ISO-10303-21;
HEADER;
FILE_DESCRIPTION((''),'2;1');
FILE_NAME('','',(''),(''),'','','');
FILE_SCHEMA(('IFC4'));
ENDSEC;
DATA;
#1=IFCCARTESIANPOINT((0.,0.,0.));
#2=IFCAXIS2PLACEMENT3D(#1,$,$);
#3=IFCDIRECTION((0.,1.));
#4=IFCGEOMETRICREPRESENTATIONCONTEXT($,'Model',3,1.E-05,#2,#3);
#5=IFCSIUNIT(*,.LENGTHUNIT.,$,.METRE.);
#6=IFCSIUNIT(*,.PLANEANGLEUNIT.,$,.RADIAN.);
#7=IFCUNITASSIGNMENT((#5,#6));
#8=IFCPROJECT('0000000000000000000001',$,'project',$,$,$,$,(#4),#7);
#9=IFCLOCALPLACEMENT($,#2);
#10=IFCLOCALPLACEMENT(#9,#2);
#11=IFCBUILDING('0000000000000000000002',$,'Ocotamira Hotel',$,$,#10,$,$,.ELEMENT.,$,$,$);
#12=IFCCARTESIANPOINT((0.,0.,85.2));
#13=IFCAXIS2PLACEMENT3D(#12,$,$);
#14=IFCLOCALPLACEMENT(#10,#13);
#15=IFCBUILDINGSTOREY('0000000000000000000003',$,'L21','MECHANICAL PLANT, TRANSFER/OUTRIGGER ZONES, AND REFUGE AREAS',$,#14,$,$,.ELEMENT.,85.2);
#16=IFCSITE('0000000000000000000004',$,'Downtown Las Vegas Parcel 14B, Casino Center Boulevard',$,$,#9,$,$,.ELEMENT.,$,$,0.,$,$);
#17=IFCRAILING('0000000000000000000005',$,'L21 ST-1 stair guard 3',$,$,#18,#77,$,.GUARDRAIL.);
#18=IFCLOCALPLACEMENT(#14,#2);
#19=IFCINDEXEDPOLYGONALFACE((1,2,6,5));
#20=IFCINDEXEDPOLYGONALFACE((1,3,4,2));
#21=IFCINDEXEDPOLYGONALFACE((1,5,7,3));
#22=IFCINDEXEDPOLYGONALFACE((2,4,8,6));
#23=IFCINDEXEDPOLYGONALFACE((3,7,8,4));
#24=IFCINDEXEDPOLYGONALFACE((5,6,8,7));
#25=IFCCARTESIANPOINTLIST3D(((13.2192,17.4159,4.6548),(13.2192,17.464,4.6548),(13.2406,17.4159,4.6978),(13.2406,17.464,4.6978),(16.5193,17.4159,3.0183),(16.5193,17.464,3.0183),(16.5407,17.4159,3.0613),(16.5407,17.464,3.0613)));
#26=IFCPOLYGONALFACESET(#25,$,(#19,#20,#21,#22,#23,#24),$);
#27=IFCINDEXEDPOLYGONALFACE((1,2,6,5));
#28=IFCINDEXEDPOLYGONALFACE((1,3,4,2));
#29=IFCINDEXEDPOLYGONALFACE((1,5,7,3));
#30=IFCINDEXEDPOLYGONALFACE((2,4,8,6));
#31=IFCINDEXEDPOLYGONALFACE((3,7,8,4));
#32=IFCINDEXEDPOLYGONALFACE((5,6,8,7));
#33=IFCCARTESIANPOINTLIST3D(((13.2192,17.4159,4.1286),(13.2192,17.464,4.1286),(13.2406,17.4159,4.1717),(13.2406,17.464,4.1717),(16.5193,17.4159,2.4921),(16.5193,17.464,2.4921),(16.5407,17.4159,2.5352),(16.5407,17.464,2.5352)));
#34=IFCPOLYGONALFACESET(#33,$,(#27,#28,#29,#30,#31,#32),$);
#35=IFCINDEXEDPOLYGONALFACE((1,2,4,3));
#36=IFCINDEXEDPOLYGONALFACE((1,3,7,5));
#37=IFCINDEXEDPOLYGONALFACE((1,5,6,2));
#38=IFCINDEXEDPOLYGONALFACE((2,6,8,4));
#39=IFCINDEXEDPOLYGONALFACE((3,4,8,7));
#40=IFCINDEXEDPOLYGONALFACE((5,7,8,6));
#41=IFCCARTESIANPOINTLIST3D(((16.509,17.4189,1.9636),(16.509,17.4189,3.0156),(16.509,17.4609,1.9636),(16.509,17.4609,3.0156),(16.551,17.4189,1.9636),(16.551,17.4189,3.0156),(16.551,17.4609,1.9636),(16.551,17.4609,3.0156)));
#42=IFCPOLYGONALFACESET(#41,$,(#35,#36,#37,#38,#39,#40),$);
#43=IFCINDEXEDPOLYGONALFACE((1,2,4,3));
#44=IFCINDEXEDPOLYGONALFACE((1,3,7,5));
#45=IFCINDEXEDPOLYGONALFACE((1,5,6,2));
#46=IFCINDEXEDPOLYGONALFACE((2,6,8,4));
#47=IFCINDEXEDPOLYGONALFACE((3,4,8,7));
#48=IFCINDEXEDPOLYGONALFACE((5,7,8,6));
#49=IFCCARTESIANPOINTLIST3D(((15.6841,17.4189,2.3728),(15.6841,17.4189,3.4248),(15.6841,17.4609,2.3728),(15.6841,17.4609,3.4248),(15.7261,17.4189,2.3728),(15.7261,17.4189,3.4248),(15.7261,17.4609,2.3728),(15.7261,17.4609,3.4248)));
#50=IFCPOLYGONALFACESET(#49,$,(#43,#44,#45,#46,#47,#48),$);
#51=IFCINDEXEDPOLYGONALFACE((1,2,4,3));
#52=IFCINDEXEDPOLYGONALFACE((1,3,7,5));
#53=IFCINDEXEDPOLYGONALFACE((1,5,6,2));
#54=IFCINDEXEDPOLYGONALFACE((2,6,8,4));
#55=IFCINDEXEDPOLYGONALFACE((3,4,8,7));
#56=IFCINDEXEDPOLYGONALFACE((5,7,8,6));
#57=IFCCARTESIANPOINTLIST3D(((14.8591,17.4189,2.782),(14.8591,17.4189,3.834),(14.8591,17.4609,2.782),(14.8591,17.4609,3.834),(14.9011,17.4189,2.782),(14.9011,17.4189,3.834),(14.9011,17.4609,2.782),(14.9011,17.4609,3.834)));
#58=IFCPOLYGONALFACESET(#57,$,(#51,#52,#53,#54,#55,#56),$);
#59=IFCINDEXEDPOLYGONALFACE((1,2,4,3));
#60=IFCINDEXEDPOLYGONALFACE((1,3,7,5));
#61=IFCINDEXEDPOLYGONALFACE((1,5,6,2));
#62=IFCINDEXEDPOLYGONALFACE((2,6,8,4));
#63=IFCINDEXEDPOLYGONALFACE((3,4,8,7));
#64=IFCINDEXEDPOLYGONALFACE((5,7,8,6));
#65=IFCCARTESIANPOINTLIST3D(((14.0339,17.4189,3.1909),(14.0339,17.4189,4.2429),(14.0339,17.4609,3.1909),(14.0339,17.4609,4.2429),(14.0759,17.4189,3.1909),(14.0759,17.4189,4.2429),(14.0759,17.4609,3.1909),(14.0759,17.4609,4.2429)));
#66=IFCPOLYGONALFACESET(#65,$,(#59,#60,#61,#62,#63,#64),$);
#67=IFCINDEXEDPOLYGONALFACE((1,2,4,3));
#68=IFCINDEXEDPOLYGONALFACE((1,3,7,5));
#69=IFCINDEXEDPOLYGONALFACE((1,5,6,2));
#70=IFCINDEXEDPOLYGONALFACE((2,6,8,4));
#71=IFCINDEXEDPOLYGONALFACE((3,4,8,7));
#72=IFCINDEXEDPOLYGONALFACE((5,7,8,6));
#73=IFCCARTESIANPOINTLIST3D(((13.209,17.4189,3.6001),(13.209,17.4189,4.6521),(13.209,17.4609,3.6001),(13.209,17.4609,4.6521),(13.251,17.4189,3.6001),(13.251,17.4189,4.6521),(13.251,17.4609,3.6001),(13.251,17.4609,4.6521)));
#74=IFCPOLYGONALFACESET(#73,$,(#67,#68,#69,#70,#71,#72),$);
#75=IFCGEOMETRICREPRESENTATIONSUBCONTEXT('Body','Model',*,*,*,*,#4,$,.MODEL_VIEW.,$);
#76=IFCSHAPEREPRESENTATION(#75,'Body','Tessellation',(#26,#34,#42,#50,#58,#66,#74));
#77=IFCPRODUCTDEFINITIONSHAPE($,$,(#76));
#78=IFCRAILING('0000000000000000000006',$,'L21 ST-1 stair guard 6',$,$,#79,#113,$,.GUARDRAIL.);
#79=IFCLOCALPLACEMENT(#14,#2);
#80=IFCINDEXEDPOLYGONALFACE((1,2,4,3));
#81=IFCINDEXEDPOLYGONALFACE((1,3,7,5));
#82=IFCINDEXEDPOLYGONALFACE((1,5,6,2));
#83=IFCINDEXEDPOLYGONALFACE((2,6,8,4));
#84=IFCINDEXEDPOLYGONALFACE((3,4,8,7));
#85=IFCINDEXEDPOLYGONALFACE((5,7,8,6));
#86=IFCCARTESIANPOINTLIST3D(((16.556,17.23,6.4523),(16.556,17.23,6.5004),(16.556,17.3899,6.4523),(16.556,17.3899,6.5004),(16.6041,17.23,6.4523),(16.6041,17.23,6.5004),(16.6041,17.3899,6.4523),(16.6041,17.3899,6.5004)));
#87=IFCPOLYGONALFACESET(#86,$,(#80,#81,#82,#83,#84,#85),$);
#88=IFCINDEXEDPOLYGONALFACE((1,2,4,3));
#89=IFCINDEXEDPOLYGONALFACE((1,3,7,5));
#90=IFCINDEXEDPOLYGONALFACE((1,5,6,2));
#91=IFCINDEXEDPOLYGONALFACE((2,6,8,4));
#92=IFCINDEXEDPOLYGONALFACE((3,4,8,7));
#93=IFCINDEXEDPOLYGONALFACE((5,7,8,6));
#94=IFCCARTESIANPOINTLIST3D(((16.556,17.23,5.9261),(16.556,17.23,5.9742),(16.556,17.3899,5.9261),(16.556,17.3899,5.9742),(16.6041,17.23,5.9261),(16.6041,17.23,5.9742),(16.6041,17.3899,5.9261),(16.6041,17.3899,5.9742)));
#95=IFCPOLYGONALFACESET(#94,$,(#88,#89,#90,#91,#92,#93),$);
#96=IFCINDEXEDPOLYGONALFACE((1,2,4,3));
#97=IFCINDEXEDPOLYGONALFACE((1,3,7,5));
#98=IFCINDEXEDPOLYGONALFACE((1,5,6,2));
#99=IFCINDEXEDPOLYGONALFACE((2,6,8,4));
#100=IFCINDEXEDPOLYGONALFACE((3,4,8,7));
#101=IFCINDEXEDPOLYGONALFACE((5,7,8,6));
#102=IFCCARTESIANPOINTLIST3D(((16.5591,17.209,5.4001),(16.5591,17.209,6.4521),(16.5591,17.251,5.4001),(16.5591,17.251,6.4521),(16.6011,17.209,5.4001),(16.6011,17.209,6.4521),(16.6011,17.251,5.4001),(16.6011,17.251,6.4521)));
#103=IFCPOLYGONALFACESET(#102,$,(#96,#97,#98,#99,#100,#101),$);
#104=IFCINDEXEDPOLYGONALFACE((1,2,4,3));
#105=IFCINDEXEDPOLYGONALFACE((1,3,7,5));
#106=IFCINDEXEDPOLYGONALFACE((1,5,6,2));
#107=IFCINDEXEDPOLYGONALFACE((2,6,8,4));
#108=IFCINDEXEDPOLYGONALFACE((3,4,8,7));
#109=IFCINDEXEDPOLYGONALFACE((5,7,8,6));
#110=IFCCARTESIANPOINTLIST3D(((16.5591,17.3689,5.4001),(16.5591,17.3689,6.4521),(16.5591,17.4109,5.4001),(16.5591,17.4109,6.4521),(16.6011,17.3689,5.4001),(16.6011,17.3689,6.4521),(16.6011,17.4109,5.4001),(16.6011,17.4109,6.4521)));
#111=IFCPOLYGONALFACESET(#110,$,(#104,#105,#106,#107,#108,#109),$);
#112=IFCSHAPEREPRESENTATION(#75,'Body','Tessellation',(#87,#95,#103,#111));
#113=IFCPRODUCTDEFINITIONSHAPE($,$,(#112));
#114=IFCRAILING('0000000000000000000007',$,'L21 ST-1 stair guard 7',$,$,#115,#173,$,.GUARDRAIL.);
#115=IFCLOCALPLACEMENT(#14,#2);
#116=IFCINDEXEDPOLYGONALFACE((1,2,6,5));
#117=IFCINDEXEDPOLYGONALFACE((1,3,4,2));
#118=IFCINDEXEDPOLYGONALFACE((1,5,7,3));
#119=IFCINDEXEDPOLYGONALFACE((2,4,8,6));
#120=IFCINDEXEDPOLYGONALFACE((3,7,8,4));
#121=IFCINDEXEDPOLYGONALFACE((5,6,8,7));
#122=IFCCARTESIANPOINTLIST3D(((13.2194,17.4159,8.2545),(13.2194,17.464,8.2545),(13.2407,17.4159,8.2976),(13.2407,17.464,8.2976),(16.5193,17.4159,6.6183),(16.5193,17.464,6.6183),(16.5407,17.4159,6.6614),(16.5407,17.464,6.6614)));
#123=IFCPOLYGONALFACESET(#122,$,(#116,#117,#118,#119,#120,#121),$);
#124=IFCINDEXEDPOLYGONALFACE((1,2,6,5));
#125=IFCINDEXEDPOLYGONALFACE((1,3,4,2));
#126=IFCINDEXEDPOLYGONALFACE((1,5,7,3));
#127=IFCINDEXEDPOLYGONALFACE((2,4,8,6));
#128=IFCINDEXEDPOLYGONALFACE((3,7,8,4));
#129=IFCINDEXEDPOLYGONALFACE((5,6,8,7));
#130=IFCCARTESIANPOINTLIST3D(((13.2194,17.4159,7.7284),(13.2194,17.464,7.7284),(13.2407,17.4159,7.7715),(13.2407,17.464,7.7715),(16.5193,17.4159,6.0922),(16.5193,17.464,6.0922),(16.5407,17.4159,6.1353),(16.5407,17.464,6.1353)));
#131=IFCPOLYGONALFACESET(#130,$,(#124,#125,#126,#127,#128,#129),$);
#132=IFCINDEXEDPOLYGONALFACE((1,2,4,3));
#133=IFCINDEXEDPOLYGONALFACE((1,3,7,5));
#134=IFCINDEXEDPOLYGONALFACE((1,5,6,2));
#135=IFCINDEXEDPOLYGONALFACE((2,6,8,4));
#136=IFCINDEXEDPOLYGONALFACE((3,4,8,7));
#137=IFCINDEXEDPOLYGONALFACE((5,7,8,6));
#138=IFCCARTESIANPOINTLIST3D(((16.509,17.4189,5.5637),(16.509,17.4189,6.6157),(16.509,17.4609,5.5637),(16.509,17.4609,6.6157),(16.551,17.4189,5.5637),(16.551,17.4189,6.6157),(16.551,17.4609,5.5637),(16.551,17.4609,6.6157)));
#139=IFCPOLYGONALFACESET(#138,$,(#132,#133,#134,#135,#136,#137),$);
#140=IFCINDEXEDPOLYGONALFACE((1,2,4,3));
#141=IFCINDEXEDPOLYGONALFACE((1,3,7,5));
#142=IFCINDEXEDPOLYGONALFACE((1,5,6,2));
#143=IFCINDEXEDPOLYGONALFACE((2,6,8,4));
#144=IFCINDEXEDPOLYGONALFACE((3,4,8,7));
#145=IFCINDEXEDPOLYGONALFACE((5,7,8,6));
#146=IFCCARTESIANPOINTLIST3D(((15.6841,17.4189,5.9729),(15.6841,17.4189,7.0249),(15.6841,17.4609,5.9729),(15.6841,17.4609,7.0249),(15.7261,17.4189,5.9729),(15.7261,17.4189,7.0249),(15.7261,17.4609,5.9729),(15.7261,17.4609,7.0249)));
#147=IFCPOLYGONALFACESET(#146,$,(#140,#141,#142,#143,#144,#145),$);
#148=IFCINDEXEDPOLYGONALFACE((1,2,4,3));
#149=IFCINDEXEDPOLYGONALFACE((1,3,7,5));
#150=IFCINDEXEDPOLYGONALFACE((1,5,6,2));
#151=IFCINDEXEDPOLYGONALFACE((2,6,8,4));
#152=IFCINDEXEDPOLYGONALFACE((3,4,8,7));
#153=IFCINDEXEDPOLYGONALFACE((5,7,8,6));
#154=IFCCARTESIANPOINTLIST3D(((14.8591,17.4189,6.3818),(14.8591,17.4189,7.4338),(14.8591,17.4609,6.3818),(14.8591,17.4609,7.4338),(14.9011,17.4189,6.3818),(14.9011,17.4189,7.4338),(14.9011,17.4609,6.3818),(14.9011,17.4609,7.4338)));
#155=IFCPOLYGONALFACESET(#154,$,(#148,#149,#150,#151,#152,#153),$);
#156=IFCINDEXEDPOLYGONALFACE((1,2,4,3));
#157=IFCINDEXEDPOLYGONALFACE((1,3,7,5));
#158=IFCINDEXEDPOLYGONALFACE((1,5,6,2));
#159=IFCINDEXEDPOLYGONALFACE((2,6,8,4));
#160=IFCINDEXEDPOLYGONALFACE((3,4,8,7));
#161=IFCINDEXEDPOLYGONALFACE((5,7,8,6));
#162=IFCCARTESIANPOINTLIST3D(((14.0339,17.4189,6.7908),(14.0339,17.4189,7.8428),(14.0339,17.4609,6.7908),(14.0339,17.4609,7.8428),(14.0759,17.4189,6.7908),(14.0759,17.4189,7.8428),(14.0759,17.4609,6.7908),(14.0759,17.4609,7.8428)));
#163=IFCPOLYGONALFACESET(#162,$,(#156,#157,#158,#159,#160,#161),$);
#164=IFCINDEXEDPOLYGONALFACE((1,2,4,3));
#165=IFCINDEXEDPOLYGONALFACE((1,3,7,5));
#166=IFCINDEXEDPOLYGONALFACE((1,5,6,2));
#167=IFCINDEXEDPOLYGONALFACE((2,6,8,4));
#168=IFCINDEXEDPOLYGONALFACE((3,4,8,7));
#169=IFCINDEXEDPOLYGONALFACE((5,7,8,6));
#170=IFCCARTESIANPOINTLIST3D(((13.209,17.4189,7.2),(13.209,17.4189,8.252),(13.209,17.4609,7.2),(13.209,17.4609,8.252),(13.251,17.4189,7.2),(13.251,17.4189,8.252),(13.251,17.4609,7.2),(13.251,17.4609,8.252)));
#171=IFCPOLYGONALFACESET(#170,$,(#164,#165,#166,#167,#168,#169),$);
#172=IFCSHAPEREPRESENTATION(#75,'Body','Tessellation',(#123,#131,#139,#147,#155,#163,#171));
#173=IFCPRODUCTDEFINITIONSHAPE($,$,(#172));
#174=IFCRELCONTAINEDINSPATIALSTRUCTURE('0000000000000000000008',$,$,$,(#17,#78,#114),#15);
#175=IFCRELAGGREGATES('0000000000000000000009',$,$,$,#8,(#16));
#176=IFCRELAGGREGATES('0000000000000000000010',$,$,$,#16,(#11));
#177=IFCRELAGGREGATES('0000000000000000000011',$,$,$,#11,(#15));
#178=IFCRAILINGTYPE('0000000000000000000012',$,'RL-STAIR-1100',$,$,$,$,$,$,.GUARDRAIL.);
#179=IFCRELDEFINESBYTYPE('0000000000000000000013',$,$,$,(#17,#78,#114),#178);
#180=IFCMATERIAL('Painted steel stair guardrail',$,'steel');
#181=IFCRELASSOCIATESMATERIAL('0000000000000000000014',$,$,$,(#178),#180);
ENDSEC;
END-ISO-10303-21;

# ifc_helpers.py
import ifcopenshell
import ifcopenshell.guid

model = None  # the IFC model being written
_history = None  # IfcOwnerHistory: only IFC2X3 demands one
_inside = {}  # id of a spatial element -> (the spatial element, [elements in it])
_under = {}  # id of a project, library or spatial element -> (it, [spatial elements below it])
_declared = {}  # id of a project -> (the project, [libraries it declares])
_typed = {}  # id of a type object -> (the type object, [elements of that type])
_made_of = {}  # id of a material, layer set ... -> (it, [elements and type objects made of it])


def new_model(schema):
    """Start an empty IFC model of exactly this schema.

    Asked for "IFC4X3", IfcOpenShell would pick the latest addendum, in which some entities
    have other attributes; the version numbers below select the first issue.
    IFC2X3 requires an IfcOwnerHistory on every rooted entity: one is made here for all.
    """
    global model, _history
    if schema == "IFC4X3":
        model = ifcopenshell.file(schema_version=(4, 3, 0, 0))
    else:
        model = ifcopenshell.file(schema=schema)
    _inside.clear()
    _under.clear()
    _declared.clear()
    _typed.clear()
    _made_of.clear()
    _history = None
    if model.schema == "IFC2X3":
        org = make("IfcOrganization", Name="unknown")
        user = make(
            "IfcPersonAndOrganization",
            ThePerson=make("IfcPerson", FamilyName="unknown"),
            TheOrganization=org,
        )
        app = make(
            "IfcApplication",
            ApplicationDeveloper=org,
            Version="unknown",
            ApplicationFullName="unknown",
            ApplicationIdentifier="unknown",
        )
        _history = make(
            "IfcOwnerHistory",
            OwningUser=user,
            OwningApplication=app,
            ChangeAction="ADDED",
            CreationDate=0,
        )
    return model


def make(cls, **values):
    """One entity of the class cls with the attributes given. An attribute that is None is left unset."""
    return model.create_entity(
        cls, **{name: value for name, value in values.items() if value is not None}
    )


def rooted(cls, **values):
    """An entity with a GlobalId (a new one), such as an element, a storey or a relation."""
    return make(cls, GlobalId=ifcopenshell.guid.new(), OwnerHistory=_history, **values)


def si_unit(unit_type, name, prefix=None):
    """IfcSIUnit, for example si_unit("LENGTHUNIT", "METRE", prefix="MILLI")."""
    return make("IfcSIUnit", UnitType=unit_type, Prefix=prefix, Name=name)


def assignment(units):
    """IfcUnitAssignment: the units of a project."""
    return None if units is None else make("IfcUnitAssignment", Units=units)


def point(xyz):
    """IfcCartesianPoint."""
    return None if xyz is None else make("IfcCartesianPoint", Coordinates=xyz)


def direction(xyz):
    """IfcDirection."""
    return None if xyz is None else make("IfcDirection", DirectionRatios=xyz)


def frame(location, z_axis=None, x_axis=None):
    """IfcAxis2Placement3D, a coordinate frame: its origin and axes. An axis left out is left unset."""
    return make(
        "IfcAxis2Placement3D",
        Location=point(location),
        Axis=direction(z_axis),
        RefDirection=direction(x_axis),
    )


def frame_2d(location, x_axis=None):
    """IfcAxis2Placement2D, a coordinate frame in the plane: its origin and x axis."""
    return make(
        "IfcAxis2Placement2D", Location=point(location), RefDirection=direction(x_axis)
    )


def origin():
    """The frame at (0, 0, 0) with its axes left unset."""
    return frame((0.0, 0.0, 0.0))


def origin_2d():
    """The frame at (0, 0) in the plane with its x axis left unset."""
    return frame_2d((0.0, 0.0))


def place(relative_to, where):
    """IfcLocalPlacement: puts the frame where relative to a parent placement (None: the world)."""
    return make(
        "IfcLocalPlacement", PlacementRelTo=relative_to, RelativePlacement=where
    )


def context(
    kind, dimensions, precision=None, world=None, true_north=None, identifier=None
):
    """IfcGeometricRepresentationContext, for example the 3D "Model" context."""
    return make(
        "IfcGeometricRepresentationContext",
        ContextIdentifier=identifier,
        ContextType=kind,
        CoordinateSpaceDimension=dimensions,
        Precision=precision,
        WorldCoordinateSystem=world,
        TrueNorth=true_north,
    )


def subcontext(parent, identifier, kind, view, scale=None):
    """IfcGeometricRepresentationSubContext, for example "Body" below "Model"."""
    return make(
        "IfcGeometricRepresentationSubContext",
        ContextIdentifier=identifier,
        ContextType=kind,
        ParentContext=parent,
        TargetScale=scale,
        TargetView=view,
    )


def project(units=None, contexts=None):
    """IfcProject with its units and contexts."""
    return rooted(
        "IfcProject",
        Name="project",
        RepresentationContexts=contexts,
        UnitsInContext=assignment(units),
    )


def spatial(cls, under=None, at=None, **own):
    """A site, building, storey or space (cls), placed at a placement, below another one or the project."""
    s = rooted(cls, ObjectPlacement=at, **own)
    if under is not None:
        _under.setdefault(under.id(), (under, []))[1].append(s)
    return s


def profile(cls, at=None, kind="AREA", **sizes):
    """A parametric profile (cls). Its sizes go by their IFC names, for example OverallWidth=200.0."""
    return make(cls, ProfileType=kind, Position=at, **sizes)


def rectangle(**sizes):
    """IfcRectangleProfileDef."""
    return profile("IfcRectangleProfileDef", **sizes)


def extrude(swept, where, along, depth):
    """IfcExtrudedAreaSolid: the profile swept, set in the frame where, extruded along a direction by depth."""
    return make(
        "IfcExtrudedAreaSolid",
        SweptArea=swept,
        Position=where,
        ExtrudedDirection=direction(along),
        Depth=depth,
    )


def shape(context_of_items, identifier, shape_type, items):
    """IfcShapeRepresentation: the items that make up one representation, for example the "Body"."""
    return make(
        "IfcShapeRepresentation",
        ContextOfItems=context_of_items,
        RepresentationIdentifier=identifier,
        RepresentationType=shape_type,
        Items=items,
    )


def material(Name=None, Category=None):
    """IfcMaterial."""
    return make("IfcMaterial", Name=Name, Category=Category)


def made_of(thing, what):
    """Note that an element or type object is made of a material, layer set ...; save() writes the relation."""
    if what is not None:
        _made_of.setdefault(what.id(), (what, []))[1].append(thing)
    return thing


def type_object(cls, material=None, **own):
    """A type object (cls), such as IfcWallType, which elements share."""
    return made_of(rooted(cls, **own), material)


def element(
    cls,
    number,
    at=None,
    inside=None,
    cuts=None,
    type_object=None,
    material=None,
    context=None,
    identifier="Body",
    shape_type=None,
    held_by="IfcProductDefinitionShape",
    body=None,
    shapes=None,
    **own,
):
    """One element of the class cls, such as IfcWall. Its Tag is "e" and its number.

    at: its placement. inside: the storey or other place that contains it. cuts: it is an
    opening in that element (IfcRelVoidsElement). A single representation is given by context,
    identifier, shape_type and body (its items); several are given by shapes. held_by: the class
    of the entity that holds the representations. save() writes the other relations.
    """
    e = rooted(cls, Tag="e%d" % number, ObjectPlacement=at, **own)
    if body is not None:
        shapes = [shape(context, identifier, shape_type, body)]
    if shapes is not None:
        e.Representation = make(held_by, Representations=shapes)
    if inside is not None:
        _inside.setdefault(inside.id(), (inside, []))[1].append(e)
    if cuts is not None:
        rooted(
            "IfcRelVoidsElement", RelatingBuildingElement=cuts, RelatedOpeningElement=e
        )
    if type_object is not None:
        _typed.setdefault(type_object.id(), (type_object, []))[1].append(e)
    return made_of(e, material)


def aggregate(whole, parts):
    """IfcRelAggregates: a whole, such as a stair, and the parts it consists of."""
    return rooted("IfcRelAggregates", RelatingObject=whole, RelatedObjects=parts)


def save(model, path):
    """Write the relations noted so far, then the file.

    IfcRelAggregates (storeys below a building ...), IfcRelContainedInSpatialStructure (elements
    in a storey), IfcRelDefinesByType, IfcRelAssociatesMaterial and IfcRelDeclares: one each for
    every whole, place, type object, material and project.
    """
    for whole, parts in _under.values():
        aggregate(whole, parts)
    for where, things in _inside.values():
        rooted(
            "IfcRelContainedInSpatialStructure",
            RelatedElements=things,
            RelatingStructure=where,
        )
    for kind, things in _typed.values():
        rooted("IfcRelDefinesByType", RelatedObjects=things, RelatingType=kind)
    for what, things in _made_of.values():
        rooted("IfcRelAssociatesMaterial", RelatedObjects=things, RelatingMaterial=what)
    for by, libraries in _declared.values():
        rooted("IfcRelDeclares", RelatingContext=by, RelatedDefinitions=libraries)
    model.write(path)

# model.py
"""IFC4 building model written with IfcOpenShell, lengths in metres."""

from ifc_helpers import new_model, si_unit, direction, frame, origin, origin_2d, place, context, subcontext, project, spatial, rectangle, extrude, material, type_object, element, save


model = new_model("IFC4")

# Units and contexts
model_context = context("Model", 3, precision=1e-05, world=origin(), true_north=direction((0.0, 1.0)))
body_context = subcontext(model_context, "Body", "Model", "MODEL_VIEW")
ifc_project = project(units=[si_unit("LENGTHUNIT", "METRE"), si_unit("PLANEANGLEUNIT", "RADIAN")], contexts=[model_context])

# Site, building, storey
site_placement = place(None, origin())
site = spatial("IfcSite", under=ifc_project, at=site_placement, Name="Downtown Las Vegas Parcel 14B, Casino Center Boulevard", CompositionType="ELEMENT", RefElevation=0.0)
building_placement = place(site_placement, origin())
building = spatial("IfcBuilding", under=site, at=building_placement, Name="Ocotamira Hotel", CompositionType="ELEMENT")
storey_placement = place(building_placement, frame((0.0, 0.0, 85.2)))
storey = spatial("IfcBuildingStorey", under=building, at=storey_placement, Name="L21", Description="MECHANICAL PLANT, TRANSFER/OUTRIGGER ZONES, AND REFUGE AREAS", CompositionType="ELEMENT", Elevation=85.2)

# Railings
ifc_material_1 = material(Name="Painted steel stair guardrail", Category="steel")
railing_type_1 = type_object("IfcRailingType", Name="RL-STAIR-1100", PredefinedType="GUARDRAIL", material=ifc_material_1)
railing_1_placement = place(storey_placement, frame((16.53, 17.4399, 1.9636)))
element("IfcRailing", 1, at=railing_1_placement, inside=storey, type_object=railing_type_1, Name="L21 ST-1 stair guard 3", PredefinedType="GUARDRAIL", context=body_context, shape_type="SweptSolid", body=[
    extrude(rectangle(XDim=0.0481, YDim=0.0481, at=origin_2d()), frame((0.0, 0.0, 1.0762), z_axis=(-0.895894, 0.0, 0.444268), x_axis=(0.0, -1.0, 0.0)), (0.0, 0.0, 1.0), 3.6836),
    extrude(rectangle(XDim=0.0481, YDim=0.0481, at=origin_2d()), frame((0.0, 0.0, 0.55), z_axis=(-0.895894, 0.0, 0.444268), x_axis=(0.0, -1.0, 0.0)), (0.0, 0.0, 1.0), 3.6836),
    extrude(rectangle(XDim=0.042, YDim=0.042, at=origin_2d()), origin(), (0.0, 0.0, 1.0), 1.052),
    extrude(rectangle(XDim=0.042, YDim=0.042, at=origin_2d()), frame((-0.825, 0.0, 0.4092)), (0.0, 0.0, 1.0), 1.052),
    extrude(rectangle(XDim=0.042, YDim=0.042, at=origin_2d()), frame((-1.6499, 0.0, 0.8184)), (0.0, 0.0, 1.0), 1.052),
    extrude(rectangle(XDim=0.042, YDim=0.042, at=origin_2d()), frame((-2.4751, 0.0, 1.2273)), (0.0, 0.0, 1.0), 1.052),
    extrude(rectangle(XDim=0.042, YDim=0.042, at=origin_2d()), frame((-3.3, 0.0, 1.6365)), (0.0, 0.0, 1.0), 1.052),
])
railing_2_placement = place(storey_placement, frame((16.5801, 17.23, 5.4001)))
element("IfcRailing", 2, at=railing_2_placement, inside=storey, type_object=railing_type_1, Name="L21 ST-1 stair guard 6", PredefinedType="GUARDRAIL", context=body_context, shape_type="SweptSolid", body=[
    extrude(rectangle(XDim=0.0481, YDim=0.0481, at=origin_2d()), frame((0.0, 0.0, 1.0762), z_axis=(0.0, 1.0, 0.0), x_axis=(-1.0, 0.0, 0.0)), (0.0, 0.0, 1.0), 0.1599),
    extrude(rectangle(XDim=0.0481, YDim=0.0481, at=origin_2d()), frame((0.0, 0.0, 0.55), z_axis=(0.0, 1.0, 0.0), x_axis=(-1.0, 0.0, 0.0)), (0.0, 0.0, 1.0), 0.1599),
    extrude(rectangle(XDim=0.042, YDim=0.042, at=origin_2d()), origin(), (0.0, 0.0, 1.0), 1.052),
    extrude(rectangle(XDim=0.042, YDim=0.042, at=origin_2d()), frame((0.0, 0.1599, 0.0)), (0.0, 0.0, 1.0), 1.052),
])
railing_3_placement = place(storey_placement, frame((16.53, 17.4399, 5.5637)))
element("IfcRailing", 3, at=railing_3_placement, inside=storey, type_object=railing_type_1, Name="L21 ST-1 stair guard 7", PredefinedType="GUARDRAIL", context=body_context, shape_type="SweptSolid", body=[
    extrude(rectangle(XDim=0.0481, YDim=0.0481, at=origin_2d()), frame((0.0, 0.0, 1.0762), z_axis=(-0.89592, 0.0, 0.444215), x_axis=(0.0, -1.0, 0.0)), (0.0, 0.0, 1.0), 3.6833),
    extrude(rectangle(XDim=0.0481, YDim=0.0481, at=origin_2d()), frame((0.0, 0.0, 0.55), z_axis=(-0.89592, 0.0, 0.444215), x_axis=(0.0, -1.0, 0.0)), (0.0, 0.0, 1.0), 3.6833),
    extrude(rectangle(XDim=0.042, YDim=0.042, at=origin_2d()), origin(), (0.0, 0.0, 1.0), 1.052),
    extrude(rectangle(XDim=0.042, YDim=0.042, at=origin_2d()), frame((-0.825, 0.0, 0.4092)), (0.0, 0.0, 1.0), 1.052),
    extrude(rectangle(XDim=0.042, YDim=0.042, at=origin_2d()), frame((-1.6499, 0.0, 0.8181)), (0.0, 0.0, 1.0), 1.052),
    extrude(rectangle(XDim=0.042, YDim=0.042, at=origin_2d()), frame((-2.4751, 0.0, 1.2271)), (0.0, 0.0, 1.0), 1.052),
    extrude(rectangle(XDim=0.042, YDim=0.042, at=origin_2d()), frame((-3.3, 0.0, 1.6362)), (0.0, 0.0, 1.0), 1.052),
])

save(model, "model.ifc")
